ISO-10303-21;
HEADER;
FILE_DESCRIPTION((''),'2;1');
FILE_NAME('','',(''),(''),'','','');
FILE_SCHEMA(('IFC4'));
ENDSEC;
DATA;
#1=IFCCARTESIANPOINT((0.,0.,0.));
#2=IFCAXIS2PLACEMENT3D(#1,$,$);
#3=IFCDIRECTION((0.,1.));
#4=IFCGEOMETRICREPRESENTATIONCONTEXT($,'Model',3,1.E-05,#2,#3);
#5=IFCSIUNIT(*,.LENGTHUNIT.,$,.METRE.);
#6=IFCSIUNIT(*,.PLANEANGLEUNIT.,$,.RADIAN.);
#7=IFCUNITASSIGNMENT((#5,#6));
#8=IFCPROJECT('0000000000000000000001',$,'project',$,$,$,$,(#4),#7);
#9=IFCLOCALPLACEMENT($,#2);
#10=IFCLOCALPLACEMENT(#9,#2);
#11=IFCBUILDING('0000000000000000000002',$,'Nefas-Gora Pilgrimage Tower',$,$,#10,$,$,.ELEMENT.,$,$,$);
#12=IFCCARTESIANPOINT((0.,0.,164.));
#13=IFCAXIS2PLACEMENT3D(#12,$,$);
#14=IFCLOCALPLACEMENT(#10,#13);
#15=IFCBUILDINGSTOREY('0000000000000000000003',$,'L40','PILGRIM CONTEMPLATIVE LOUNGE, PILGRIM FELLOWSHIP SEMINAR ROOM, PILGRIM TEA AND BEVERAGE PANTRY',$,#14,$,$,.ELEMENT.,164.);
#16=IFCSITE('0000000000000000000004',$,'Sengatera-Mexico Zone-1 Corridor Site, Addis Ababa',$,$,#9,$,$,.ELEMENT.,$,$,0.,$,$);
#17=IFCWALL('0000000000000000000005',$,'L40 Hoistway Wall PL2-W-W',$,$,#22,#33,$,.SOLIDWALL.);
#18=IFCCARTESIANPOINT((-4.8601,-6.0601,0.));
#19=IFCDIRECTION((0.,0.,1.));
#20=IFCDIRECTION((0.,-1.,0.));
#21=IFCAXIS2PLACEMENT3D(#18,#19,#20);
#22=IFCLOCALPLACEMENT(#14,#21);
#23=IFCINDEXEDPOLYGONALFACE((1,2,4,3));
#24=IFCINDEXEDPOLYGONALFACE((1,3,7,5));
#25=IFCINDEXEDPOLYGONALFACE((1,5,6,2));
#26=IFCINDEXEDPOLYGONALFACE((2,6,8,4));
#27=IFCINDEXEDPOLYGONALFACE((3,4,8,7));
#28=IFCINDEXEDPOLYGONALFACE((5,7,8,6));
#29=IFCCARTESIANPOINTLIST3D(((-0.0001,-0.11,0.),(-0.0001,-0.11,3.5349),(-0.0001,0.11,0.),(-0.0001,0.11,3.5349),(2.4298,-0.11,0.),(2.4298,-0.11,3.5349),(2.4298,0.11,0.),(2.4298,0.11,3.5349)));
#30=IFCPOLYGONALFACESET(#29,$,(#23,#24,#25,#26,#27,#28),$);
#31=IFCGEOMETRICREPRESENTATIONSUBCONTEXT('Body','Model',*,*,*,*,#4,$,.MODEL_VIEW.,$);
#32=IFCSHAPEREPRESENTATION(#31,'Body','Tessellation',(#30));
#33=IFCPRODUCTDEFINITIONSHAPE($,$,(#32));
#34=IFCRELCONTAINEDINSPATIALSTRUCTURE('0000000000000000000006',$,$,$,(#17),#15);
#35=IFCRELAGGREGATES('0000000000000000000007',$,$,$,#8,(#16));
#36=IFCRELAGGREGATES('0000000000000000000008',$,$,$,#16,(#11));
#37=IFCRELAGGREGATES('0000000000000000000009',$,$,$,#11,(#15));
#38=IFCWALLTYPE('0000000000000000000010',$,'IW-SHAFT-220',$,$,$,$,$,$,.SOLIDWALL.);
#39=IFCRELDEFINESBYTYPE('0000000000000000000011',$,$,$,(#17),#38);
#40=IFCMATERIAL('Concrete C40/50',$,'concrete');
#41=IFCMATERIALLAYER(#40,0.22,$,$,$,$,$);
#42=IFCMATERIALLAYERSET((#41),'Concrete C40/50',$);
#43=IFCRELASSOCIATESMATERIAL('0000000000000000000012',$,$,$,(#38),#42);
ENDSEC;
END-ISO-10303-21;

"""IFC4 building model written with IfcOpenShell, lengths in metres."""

from ifc_helpers import new_model, si_unit, direction, frame, frame_2d, origin, place, context, subcontext, project, spatial, rectangle, extrude, source, transform, mapped, material, layer, layer_set, type_object, element, save


model = new_model("IFC4")

# Units and contexts
model_context = context("Model", 3, precision=1e-05, world=origin(), true_north=direction((0.0, 1.0)))
body_context = subcontext(model_context, "Body", "Model", "MODEL_VIEW")
ifc_project = project(units=[si_unit("LENGTHUNIT", "METRE"), si_unit("PLANEANGLEUNIT", "RADIAN")], contexts=[model_context])

# Site, building, storey
site_placement = place(None, origin())
site = spatial("IfcSite", under=ifc_project, at=site_placement, Name="Sengatera-Mexico Zone-1 Corridor Site, Addis Ababa", CompositionType="ELEMENT", RefElevation=0.0)
building_placement = place(site_placement, origin())
building = spatial("IfcBuilding", under=site, at=building_placement, Name="Nefas-Gora Pilgrimage Tower", CompositionType="ELEMENT")
storey_placement = place(building_placement, frame((0.0, 0.0, 164.0)))
storey = spatial("IfcBuildingStorey", under=building, at=storey_placement, Name="L40", Description="PILGRIM CONTEMPLATIVE LOUNGE, PILGRIM FELLOWSHIP SEMINAR ROOM, PILGRIM TEA AND BEVERAGE PANTRY", CompositionType="ELEMENT", Elevation=164.0)

# Wall
ifc_material_1 = material(Name="Concrete C40/50", Category="concrete")
ifc_layer_1 = layer(ifc_material_1, 0.22)
ifc_layer_set_1 = layer_set([ifc_layer_1], Name="Concrete C40/50")
wall_type_1 = type_object("IfcWallType", Name="IW-SHAFT-220", PredefinedType="SOLIDWALL", material=ifc_layer_set_1)
shared_shape_1 = source(origin(), body_context, "Body", "SweptSolid", [
    extrude(rectangle(XDim=2.4299, YDim=0.22, at=frame_2d((1.2148, 0.0))), origin(), (0.0, 0.0, 1.0), 3.5349),
])
wall_1_placement = place(storey_placement, frame((-4.8601, -6.0601, 0.0), z_axis=(0.0, 0.0, 1.0), x_axis=(0.0, -1.0, 0.0)))
element("IfcWall", 1, at=wall_1_placement, inside=storey, type_object=wall_type_1, Name="L40 Hoistway Wall PL2-W-W", PredefinedType="SOLIDWALL", context=body_context, shape_type="MappedRepresentation", body=[
    mapped(shared_shape_1, transform((0.0, 0.0, 0.0), x_axis=(1.0, 0.0, 0.0), y_axis=(0.0, 1.0, 0.0), z_axis=(0.0, 0.0, 1.0), scale=1.0)),
])

save(model, "model.ifc")
